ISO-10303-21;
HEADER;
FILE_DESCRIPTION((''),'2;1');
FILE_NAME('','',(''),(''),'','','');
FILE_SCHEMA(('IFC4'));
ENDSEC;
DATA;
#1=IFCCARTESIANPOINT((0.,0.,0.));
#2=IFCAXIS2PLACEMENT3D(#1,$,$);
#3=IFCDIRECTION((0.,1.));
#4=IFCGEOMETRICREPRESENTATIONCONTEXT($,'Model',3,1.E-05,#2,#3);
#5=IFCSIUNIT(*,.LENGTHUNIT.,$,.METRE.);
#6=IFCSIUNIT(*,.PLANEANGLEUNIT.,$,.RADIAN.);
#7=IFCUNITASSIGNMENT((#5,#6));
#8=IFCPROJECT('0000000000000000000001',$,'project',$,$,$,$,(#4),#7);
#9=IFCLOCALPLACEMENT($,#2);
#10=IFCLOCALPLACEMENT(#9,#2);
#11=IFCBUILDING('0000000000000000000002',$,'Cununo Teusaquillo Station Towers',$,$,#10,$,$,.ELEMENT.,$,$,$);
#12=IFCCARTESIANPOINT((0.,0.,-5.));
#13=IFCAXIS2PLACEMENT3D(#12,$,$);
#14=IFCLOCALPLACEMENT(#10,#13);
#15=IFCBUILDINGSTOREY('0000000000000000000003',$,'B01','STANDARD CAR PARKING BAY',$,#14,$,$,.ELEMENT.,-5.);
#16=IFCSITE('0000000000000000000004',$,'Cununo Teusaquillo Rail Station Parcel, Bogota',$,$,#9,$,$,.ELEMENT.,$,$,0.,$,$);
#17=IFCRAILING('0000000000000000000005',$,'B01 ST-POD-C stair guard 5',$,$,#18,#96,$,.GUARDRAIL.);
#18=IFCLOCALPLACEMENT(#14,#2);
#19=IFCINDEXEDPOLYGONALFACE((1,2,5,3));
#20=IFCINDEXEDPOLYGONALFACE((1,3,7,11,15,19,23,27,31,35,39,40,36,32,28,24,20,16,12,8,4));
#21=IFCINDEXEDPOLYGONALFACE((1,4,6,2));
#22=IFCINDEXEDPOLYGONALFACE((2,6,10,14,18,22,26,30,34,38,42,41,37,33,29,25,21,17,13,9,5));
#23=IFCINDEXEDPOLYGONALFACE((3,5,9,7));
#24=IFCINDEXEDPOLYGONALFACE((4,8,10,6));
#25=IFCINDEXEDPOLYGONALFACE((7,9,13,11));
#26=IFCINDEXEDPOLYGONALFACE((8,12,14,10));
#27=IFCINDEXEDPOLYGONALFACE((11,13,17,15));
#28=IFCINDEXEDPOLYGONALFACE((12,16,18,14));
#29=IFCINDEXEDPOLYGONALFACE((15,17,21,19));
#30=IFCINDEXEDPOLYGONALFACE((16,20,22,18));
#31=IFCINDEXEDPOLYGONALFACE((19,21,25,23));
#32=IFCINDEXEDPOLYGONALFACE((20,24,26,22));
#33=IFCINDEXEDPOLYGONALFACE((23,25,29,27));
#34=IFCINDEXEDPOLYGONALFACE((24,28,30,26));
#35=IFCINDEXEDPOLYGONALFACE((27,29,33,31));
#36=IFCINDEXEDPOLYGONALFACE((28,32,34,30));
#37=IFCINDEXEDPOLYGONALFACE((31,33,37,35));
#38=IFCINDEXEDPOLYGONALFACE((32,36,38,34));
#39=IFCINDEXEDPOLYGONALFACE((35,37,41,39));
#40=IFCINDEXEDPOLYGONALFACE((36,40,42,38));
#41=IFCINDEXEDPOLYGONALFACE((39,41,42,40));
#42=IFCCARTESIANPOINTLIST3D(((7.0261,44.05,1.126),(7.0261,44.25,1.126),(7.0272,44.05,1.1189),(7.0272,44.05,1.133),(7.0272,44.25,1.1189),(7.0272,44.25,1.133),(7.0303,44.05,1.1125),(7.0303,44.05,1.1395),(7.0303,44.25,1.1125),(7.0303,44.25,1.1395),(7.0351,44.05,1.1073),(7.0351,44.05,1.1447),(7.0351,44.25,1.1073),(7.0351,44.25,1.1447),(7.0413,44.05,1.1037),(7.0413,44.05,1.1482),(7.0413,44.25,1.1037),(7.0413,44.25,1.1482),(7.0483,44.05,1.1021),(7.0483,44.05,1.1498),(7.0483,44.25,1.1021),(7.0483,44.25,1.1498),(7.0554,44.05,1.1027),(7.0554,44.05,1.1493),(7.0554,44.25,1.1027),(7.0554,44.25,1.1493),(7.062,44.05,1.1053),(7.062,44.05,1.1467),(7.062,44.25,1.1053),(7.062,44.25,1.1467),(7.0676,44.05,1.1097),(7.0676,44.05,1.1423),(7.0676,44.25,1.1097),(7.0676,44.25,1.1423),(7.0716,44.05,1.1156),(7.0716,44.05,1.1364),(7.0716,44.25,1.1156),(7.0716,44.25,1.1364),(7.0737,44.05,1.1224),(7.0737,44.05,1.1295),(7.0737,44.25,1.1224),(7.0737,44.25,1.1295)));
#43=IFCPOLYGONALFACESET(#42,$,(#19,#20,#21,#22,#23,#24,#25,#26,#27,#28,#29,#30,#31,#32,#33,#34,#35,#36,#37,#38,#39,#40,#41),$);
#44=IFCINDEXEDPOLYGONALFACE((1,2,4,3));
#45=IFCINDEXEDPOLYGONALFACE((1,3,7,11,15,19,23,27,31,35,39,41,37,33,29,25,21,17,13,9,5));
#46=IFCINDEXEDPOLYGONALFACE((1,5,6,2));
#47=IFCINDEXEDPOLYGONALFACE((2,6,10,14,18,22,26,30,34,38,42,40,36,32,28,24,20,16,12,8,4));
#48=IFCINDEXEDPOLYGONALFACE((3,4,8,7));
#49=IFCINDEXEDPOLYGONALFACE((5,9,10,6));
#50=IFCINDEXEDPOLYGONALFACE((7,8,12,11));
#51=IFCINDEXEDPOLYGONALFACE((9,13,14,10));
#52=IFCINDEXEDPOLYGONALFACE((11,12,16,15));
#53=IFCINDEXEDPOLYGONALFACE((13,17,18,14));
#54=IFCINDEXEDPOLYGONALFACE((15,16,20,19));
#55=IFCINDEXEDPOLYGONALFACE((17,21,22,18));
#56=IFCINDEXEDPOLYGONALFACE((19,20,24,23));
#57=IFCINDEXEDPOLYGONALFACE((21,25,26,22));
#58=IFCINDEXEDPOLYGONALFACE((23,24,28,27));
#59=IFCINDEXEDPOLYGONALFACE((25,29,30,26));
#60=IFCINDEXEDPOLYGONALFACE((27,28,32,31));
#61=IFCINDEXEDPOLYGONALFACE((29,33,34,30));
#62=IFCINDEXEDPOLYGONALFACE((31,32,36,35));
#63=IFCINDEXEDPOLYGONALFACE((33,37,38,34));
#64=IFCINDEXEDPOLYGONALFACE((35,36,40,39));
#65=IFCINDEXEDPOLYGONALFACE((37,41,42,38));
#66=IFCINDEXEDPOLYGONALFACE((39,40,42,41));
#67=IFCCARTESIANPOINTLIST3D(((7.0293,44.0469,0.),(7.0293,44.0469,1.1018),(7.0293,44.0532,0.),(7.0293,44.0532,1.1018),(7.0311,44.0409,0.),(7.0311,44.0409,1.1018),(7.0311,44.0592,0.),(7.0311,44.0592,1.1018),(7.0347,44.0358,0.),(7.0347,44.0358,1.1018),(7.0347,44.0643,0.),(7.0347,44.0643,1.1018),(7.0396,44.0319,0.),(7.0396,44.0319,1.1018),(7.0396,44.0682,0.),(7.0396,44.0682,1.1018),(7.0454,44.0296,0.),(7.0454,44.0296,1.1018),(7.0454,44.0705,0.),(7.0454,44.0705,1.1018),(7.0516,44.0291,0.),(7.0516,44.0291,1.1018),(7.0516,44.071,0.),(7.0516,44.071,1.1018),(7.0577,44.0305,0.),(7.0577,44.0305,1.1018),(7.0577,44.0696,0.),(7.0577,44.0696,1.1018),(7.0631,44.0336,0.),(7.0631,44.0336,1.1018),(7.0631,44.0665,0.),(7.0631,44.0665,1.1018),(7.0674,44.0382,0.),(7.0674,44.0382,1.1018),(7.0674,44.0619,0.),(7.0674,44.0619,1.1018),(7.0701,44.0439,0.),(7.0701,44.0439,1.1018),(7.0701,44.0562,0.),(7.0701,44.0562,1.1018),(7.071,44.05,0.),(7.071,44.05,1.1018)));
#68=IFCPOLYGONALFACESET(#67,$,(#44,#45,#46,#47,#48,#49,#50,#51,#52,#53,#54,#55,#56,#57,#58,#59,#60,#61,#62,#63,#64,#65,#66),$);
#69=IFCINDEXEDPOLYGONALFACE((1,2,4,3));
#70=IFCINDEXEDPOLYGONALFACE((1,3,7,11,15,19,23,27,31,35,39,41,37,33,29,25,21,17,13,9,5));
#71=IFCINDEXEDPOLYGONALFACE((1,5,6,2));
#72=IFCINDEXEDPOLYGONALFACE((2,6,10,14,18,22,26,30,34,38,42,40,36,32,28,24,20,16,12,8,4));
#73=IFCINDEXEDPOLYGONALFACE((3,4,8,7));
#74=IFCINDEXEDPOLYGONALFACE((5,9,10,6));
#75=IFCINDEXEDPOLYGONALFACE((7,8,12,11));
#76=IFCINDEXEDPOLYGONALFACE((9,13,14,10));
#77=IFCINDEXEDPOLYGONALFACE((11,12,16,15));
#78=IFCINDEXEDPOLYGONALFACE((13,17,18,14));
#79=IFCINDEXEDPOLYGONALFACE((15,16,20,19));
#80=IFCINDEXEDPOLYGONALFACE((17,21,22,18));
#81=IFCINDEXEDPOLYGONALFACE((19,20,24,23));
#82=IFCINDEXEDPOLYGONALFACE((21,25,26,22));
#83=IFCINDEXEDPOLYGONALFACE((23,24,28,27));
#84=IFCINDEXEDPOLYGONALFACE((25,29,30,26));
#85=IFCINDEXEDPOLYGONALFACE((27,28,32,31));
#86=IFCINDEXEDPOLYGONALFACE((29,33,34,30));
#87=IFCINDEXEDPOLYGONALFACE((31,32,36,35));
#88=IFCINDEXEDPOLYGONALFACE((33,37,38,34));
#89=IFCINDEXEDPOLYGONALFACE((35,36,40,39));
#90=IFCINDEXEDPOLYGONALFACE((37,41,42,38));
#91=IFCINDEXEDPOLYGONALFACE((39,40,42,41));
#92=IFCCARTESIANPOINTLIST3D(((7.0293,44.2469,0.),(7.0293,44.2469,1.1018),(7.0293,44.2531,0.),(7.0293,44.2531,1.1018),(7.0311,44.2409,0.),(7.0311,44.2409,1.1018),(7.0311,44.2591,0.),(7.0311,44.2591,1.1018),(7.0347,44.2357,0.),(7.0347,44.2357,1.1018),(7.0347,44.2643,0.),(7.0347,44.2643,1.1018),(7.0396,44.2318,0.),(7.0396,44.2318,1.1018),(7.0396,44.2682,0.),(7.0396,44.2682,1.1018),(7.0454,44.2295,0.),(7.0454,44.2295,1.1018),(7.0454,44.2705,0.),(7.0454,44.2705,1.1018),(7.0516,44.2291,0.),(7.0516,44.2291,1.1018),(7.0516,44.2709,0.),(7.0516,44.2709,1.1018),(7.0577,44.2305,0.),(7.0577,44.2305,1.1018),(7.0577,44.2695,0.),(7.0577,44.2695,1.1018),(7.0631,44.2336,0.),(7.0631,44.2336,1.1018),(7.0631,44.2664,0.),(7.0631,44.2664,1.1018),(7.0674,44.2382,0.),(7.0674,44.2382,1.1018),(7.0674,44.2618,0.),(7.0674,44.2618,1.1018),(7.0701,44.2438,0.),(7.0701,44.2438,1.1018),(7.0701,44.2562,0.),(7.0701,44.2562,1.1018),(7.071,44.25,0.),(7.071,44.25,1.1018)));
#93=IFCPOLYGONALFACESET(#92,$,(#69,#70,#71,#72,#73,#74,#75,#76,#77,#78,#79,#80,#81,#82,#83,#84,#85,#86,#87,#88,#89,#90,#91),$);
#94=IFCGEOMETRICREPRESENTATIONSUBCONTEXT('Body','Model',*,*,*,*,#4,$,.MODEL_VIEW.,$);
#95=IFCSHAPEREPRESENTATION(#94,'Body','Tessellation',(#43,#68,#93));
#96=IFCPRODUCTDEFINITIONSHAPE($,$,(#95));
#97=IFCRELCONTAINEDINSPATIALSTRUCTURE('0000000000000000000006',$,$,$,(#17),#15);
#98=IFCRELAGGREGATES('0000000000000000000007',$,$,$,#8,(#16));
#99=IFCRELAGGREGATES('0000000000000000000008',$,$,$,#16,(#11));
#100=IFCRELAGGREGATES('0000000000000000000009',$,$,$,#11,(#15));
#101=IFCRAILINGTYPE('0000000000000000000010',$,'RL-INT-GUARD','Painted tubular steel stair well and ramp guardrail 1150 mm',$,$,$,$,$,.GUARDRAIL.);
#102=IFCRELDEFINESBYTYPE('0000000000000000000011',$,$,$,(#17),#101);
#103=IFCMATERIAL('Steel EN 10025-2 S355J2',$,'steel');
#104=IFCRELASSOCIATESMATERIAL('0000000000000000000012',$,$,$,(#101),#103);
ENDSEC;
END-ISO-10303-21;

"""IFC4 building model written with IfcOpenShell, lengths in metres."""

from ifc_helpers import new_model, si_unit, direction, frame, origin, origin_2d, place, context, subcontext, project, spatial, circle, extrude, material, type_object, element, save


model = new_model("IFC4")

# Units and contexts
model_context = context("Model", 3, precision=1e-05, world=origin(), true_north=direction((0.0, 1.0)))
body_context = subcontext(model_context, "Body", "Model", "MODEL_VIEW")
ifc_project = project(units=[si_unit("LENGTHUNIT", "METRE"), si_unit("PLANEANGLEUNIT", "RADIAN")], contexts=[model_context])

# Site, building, storey
site_placement = place(None, origin())
site = spatial("IfcSite", under=ifc_project, at=site_placement, Name="Cununo Teusaquillo Rail Station Parcel, Bogota", CompositionType="ELEMENT", RefElevation=0.0)
building_placement = place(site_placement, origin())
building = spatial("IfcBuilding", under=site, at=building_placement, Name="Cununo Teusaquillo Station Towers", CompositionType="ELEMENT")
storey_placement = place(building_placement, frame((0.0, 0.0, -5.0)))
storey = spatial("IfcBuildingStorey", under=building, at=storey_placement, Name="B01", Description="STANDARD CAR PARKING BAY", CompositionType="ELEMENT", Elevation=-5.0)

# Railing
ifc_material_1 = material(Name="Steel EN 10025-2 S355J2", Category="steel")
railing_type_1 = type_object("IfcRailingType", Name="RL-INT-GUARD", Description="Painted tubular steel stair well and ramp guardrail 1150 mm", PredefinedType="GUARDRAIL", material=ifc_material_1)
railing_1_placement = place(storey_placement, frame((7.05, 44.05, 0.0)))
element("IfcRailing", 1, at=railing_1_placement, inside=storey, type_object=railing_type_1, Name="B01 ST-POD-C stair guard 5", PredefinedType="GUARDRAIL", context=body_context, shape_type="SweptSolid", body=[
    extrude(circle(Radius=0.0239, at=origin_2d()), frame((0.0, 0.0, 1.126), z_axis=(0.0, 1.0, 0.0), x_axis=(-1.0, 0.0, 0.0)), (0.0, 0.0, 1.0), 0.2),
    extrude(circle(Radius=0.021, at=origin_2d()), origin(), (0.0, 0.0, 1.0), 1.1018),
    extrude(circle(Radius=0.021, at=origin_2d()), frame((0.0, 0.2, 0.0)), (0.0, 0.0, 1.0), 1.1018),
])

save(model, "model.ifc")
